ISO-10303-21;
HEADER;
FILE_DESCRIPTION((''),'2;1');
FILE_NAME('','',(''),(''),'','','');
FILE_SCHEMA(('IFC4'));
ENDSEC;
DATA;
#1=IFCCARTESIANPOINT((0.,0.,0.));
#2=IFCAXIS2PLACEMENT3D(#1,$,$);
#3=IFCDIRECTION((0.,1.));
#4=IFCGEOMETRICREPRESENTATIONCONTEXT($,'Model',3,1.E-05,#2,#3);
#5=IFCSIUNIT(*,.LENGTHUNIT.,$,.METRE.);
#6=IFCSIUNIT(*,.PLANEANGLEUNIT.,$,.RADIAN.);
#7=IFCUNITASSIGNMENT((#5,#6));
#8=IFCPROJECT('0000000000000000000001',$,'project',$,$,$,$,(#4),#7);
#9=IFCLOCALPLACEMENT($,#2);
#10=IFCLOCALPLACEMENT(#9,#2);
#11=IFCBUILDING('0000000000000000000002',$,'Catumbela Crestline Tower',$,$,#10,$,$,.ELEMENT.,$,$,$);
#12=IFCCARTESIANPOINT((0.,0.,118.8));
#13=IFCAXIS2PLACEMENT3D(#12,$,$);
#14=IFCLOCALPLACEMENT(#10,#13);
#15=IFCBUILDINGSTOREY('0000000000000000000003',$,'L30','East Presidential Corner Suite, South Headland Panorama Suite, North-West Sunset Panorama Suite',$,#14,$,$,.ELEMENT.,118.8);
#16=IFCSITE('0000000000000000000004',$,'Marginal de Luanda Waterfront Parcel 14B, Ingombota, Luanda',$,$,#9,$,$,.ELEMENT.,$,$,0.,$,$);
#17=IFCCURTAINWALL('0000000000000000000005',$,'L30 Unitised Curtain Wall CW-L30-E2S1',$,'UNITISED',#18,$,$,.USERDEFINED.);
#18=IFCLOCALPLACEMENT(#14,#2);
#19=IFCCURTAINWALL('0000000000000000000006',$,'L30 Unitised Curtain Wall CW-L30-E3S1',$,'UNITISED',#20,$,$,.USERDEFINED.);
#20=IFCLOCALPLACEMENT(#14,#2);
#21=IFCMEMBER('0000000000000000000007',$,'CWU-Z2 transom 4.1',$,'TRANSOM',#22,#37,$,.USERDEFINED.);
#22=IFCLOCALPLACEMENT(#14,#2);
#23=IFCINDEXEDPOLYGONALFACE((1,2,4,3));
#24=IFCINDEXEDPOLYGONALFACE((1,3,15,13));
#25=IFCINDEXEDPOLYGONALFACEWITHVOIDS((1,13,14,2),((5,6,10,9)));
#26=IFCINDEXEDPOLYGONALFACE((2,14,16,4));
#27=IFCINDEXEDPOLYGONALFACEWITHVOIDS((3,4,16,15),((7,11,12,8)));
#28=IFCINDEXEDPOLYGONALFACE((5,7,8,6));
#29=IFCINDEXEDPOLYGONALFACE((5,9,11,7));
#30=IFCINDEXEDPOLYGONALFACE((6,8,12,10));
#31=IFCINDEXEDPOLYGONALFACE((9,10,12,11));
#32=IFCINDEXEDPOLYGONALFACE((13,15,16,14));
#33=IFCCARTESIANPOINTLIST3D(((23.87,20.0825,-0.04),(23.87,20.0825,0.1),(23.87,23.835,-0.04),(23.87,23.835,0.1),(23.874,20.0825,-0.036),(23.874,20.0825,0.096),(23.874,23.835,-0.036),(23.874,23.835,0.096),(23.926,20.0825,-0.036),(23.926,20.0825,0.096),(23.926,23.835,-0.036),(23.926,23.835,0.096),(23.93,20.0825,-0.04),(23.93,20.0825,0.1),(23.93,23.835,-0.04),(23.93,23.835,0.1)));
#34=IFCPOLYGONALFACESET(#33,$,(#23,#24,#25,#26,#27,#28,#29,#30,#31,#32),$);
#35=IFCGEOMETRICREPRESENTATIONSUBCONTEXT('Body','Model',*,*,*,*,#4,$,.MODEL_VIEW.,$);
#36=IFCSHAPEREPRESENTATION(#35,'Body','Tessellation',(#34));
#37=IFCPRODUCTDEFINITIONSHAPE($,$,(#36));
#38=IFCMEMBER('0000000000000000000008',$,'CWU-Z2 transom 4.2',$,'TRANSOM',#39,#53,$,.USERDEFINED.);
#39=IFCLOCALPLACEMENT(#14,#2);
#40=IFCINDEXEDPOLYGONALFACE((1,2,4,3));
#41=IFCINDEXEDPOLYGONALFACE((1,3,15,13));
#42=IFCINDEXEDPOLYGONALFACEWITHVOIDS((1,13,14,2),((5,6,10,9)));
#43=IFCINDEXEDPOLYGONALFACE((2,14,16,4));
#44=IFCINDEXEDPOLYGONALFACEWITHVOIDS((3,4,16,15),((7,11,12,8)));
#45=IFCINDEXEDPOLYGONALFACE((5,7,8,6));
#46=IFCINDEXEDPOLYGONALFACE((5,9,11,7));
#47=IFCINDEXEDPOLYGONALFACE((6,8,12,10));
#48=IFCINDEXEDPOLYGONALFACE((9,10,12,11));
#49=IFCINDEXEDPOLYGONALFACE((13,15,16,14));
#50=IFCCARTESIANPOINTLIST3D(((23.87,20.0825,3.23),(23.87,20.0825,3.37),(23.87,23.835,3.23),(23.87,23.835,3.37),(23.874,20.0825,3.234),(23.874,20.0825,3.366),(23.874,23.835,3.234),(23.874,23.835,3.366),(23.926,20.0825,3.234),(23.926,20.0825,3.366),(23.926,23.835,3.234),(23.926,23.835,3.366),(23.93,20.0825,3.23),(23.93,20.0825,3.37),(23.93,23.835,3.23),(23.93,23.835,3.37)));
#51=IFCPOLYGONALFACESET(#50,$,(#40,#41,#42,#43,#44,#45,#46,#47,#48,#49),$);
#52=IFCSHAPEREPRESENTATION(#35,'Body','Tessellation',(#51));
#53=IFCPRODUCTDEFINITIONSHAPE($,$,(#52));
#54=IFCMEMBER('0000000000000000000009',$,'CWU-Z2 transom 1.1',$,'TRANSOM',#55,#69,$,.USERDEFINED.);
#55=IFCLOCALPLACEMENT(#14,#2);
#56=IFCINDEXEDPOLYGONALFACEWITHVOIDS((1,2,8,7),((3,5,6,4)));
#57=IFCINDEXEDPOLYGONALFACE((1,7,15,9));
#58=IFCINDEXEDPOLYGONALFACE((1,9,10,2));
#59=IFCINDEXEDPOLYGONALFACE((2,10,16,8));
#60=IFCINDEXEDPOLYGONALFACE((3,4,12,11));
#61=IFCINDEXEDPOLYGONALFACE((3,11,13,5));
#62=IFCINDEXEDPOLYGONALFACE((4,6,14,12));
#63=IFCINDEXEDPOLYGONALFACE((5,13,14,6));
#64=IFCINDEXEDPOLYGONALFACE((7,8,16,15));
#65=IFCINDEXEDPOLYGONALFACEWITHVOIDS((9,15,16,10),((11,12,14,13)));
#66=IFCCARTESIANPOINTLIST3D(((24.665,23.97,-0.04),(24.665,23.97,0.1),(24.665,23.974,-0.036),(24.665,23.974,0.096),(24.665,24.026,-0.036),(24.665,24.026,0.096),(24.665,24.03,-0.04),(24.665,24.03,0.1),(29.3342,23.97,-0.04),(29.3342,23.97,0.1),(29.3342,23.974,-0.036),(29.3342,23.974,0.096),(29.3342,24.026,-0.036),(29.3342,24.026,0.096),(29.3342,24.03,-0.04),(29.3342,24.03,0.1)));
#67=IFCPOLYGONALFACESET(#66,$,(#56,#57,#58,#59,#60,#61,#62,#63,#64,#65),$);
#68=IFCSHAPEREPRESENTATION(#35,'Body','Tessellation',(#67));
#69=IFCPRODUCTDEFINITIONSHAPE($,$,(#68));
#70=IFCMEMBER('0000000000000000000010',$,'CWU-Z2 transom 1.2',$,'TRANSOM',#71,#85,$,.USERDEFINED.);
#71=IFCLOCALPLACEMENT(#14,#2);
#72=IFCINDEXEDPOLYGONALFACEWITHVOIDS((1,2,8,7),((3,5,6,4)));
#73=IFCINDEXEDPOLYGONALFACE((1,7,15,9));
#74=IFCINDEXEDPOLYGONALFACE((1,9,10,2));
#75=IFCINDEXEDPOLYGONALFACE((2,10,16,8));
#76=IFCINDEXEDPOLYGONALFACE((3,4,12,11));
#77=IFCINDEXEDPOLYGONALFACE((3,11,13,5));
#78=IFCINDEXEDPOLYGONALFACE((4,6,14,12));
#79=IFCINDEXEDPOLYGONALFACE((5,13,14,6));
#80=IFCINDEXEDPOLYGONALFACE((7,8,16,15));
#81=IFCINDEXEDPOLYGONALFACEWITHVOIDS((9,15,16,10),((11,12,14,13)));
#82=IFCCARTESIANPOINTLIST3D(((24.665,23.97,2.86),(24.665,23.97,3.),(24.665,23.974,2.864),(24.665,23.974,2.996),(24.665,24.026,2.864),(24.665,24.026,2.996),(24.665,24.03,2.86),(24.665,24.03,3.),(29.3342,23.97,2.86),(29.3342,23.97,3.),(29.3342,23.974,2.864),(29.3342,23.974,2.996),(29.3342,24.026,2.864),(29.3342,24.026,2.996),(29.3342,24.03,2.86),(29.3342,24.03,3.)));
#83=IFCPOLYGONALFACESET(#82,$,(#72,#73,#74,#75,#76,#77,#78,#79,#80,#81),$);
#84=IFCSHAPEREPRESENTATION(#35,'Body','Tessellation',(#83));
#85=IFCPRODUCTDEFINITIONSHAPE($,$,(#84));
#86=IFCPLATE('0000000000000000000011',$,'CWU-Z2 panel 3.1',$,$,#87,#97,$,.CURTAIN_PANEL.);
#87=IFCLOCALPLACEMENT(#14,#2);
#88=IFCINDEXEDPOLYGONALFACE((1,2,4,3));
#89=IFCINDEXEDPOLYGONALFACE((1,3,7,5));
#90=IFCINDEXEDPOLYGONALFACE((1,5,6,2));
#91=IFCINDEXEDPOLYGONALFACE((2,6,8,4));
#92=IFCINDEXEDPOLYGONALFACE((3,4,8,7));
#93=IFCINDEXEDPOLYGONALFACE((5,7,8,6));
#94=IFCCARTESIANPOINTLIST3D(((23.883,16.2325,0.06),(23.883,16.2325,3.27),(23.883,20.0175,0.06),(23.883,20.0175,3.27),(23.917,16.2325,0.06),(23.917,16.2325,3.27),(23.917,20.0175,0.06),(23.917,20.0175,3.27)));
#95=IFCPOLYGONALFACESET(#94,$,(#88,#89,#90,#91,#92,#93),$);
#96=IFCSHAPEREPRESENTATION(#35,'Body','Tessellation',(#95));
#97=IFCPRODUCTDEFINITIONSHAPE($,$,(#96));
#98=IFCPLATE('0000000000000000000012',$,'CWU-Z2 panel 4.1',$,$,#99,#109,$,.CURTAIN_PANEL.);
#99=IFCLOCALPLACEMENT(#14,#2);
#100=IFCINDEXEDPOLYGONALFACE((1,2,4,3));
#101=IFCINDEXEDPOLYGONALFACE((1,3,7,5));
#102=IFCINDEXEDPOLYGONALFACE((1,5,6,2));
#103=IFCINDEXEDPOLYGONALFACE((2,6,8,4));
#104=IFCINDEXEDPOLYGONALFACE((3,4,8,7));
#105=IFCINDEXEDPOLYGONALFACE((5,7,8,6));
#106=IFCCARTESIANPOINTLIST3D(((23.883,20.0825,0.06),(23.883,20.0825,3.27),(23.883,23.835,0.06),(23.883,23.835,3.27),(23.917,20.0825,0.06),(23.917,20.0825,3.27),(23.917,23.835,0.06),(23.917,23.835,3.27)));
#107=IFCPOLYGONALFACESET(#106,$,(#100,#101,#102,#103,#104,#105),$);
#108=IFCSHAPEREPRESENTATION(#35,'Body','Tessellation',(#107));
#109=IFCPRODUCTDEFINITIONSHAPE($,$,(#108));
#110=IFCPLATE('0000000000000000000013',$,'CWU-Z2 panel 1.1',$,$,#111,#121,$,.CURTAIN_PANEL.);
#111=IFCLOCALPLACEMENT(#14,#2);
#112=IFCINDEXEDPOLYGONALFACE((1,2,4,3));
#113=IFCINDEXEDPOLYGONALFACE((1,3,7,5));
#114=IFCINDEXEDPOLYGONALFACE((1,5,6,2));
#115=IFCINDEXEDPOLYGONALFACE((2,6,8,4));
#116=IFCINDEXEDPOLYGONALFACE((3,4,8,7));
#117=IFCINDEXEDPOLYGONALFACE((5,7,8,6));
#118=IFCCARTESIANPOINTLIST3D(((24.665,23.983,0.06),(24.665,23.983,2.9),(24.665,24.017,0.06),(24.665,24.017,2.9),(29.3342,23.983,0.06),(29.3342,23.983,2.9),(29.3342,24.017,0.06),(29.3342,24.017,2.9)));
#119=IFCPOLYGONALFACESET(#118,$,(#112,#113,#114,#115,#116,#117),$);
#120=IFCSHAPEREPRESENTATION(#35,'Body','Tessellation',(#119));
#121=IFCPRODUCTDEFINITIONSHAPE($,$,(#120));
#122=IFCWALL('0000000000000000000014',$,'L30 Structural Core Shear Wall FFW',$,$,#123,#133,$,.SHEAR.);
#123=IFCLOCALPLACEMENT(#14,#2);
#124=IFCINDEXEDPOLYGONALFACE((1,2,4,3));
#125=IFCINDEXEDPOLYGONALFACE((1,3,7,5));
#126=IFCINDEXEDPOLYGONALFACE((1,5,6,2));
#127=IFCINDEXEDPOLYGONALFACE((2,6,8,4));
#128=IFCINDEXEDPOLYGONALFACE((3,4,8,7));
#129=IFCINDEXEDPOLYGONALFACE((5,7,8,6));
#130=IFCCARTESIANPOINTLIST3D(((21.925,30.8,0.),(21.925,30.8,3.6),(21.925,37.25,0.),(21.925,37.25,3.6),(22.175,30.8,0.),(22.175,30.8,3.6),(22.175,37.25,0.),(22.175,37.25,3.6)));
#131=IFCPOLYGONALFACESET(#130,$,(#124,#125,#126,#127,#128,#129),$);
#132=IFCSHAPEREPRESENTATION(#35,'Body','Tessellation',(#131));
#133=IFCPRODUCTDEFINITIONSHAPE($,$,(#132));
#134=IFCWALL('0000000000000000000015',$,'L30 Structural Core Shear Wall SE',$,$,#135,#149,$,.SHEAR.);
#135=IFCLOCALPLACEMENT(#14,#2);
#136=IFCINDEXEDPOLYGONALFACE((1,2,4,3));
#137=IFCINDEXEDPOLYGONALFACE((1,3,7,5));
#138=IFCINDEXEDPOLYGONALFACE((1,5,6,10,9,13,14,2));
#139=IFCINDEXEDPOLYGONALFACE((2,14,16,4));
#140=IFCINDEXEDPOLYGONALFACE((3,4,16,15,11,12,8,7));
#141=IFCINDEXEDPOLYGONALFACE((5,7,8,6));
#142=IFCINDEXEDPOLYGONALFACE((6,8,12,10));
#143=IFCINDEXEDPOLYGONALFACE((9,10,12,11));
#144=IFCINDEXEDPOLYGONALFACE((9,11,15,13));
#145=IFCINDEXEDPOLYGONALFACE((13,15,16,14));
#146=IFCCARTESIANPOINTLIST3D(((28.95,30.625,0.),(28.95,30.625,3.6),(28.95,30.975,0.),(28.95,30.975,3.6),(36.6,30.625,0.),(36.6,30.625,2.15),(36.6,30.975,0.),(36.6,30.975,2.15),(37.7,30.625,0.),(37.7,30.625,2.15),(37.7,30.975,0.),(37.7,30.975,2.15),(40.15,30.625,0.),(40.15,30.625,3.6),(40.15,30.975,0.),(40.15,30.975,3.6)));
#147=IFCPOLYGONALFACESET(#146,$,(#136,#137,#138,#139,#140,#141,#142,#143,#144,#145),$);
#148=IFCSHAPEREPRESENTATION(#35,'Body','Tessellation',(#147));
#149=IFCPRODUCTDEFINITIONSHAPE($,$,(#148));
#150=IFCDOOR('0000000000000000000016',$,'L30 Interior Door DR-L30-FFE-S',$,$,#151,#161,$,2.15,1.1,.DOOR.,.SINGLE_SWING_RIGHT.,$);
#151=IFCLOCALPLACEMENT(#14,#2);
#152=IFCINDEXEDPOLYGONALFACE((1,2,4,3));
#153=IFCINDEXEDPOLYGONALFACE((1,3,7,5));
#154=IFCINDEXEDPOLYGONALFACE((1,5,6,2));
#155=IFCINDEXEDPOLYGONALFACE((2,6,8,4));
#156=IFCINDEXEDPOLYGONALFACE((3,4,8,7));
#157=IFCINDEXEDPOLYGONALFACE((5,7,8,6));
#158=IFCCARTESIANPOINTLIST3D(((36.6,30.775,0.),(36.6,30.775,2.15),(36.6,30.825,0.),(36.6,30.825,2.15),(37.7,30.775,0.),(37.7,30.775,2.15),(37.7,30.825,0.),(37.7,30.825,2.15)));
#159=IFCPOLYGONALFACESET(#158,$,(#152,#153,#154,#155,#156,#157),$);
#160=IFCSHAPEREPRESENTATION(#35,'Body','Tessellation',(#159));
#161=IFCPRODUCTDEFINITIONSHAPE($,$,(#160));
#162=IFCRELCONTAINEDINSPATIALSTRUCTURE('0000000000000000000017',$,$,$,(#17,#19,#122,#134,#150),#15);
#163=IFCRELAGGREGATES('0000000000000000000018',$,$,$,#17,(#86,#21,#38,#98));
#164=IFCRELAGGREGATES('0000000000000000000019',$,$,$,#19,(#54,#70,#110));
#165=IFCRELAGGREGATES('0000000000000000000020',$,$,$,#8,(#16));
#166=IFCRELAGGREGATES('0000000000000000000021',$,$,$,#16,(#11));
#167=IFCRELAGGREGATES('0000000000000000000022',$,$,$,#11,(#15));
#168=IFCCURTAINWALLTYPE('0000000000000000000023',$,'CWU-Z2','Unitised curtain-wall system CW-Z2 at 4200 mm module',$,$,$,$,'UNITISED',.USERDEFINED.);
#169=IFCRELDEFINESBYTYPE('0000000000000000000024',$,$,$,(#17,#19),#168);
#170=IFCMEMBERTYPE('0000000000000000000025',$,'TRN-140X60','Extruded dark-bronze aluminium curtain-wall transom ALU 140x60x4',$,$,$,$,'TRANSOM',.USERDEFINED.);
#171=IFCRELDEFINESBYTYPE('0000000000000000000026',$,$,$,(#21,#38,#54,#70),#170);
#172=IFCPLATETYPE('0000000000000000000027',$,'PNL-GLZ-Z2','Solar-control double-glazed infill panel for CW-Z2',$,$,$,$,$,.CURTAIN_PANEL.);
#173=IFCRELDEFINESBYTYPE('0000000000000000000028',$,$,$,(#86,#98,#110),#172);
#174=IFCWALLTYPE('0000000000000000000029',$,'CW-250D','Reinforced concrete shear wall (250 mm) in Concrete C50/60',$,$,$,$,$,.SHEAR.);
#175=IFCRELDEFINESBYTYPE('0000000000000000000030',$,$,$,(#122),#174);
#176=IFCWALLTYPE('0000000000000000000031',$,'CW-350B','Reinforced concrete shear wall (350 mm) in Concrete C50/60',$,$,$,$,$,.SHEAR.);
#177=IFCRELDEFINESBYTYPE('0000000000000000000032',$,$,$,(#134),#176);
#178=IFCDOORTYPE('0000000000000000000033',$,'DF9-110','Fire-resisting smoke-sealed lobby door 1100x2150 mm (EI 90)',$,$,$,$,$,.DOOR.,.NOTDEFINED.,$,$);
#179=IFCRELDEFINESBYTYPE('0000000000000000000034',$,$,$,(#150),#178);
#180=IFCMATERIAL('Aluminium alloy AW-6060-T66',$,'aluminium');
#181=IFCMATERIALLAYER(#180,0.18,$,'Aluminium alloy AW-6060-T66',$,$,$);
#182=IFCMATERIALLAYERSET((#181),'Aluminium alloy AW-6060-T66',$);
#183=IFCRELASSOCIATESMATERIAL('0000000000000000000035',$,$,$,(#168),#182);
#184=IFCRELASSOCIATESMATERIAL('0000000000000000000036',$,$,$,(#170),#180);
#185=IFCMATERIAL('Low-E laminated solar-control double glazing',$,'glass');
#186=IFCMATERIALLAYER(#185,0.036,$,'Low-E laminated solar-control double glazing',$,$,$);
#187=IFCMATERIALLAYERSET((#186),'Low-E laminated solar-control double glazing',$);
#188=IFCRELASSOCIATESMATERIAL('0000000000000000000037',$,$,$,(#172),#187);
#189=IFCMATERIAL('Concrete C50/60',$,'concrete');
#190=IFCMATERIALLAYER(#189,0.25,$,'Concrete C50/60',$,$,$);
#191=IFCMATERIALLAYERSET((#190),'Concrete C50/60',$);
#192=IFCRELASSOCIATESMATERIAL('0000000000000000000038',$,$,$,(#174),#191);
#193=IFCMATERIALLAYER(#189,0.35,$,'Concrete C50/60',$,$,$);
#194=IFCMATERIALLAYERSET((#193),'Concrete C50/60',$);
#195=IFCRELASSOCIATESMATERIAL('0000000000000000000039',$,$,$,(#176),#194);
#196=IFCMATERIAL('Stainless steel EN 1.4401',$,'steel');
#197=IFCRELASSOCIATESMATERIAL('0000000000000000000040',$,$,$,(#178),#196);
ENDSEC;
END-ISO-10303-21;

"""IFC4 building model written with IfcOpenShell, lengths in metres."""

from ifc_helpers import new_model, si_unit, direction, frame, frame_2d, origin, origin_2d, place, context, subcontext, project, spatial, rectangle, hollow_rectangle, extrude, material, layer, layer_set, material_profile, profile_set, type_object, element, fill, aggregate, save


model = new_model("IFC4")

# Units and contexts
model_context = context("Model", 3, precision=1e-05, world=origin(), true_north=direction((0.0, 1.0)))
body_context = subcontext(model_context, "Body", "Model", "MODEL_VIEW")
ifc_project = project(units=[si_unit("LENGTHUNIT", "METRE"), si_unit("PLANEANGLEUNIT", "RADIAN")], contexts=[model_context])

# Site, building, storey
site_placement = place(None, origin())
site = spatial("IfcSite", under=ifc_project, at=site_placement, Name="Marginal de Luanda Waterfront Parcel 14B, Ingombota, Luanda", CompositionType="ELEMENT", RefElevation=0.0)
building_placement = place(site_placement, origin())
building = spatial("IfcBuilding", under=site, at=building_placement, Name="Catumbela Crestline Tower", CompositionType="ELEMENT")
storey_placement = place(building_placement, frame((0.0, 0.0, 118.8)))
storey = spatial("IfcBuildingStorey", under=building, at=storey_placement, Name="L30", Description="East Presidential Corner Suite, South Headland Panorama Suite, North-West Sunset Panorama Suite", CompositionType="ELEMENT", Elevation=118.8)

# Shared definitions
ifc_material_1 = material(Name="Concrete C50/60", Category="concrete")

# Curtain wall
ifc_material_2 = material(Name="Aluminium alloy AW-6060-T66", Category="aluminium")
ifc_layer_1 = layer(ifc_material_2, 0.18, Name="Aluminium alloy AW-6060-T66")
ifc_layer_set_1 = layer_set([ifc_layer_1], Name="Aluminium alloy AW-6060-T66")
curtain_wall_type = type_object("IfcCurtainWallType", Name="CWU-Z2", Description="Unitised curtain-wall system CW-Z2 at 4200 mm module", ElementType="UNITISED", PredefinedType="USERDEFINED", material=ifc_layer_set_1)
curtain_wall_1_placement = place(storey_placement, origin())
curtain_wall_1 = element("IfcCurtainWall", 1, at=curtain_wall_1_placement, inside=storey, type_object=curtain_wall_type, Name="L30 Unitised Curtain Wall CW-L30-E2S1", ObjectType="UNITISED", PredefinedType="USERDEFINED")

# Curtain wall
curtain_wall_2_placement = place(storey_placement, origin())
curtain_wall_2 = element("IfcCurtainWall", 2, at=curtain_wall_2_placement, inside=storey, type_object=curtain_wall_type, Name="L30 Unitised Curtain Wall CW-L30-E3S1", ObjectType="UNITISED", PredefinedType="USERDEFINED")

# Members
ifc_material_profile_1 = material_profile(ifc_material_2, hollow_rectangle(XDim=0.06, YDim=0.14, WallThickness=0.004, at=origin_2d()), Name="ALU 140x60x4")
ifc_profile_set_1 = profile_set([ifc_material_profile_1], Name="Aluminium alloy AW-6060-T66")
member_type_1 = type_object("IfcMemberType", Name="TRN-140X60", Description="Extruded dark-bronze aluminium curtain-wall transom ALU 140x60x4", ElementType="TRANSOM", PredefinedType="USERDEFINED", material=ifc_profile_set_1)
member_1_placement = place(storey_placement, frame((23.9, 20.0825, 0.03), z_axis=(0.0, 1.0, 0.0), x_axis=(-1.0, 0.0, 0.0)))
member_1 = element("IfcMember", 3, at=member_1_placement, type_object=member_type_1, Name="CWU-Z2 transom 4.1", ObjectType="TRANSOM", PredefinedType="USERDEFINED", context=body_context, shape_type="SweptSolid", body=[
    extrude(hollow_rectangle(XDim=0.06, YDim=0.14, WallThickness=0.004, at=origin_2d()), origin(), (0.0, 0.0, 1.0), 3.7525),
])
member_2_placement = place(storey_placement, frame((23.9, 20.0825, 3.3), z_axis=(0.0, 1.0, 0.0), x_axis=(-1.0, 0.0, 0.0)))
member_2 = element("IfcMember", 4, at=member_2_placement, type_object=member_type_1, Name="CWU-Z2 transom 4.2", ObjectType="TRANSOM", PredefinedType="USERDEFINED", context=body_context, shape_type="SweptSolid", body=[
    extrude(hollow_rectangle(XDim=0.06, YDim=0.14, WallThickness=0.004, at=origin_2d()), origin(), (0.0, 0.0, 1.0), 3.7525),
])
member_3_placement = place(storey_placement, frame((24.665, 24.0, 0.03), z_axis=(1.0, 0.0, 0.0), x_axis=(0.0, 1.0, 0.0)))
member_3 = element("IfcMember", 5, at=member_3_placement, type_object=member_type_1, Name="CWU-Z2 transom 1.1", ObjectType="TRANSOM", PredefinedType="USERDEFINED", context=body_context, shape_type="SweptSolid", body=[
    extrude(hollow_rectangle(XDim=0.06, YDim=0.14, WallThickness=0.004, at=origin_2d()), origin(), (0.0, 0.0, 1.0), 4.6692),
])
member_4_placement = place(storey_placement, frame((24.665, 24.0, 2.93), z_axis=(1.0, 0.0, 0.0), x_axis=(0.0, 1.0, 0.0)))
member_4 = element("IfcMember", 6, at=member_4_placement, type_object=member_type_1, Name="CWU-Z2 transom 1.2", ObjectType="TRANSOM", PredefinedType="USERDEFINED", context=body_context, shape_type="SweptSolid", body=[
    extrude(hollow_rectangle(XDim=0.06, YDim=0.14, WallThickness=0.004, at=origin_2d()), origin(), (0.0, 0.0, 1.0), 4.6692),
])

# Plates
ifc_material_3 = material(Name="Low-E laminated solar-control double glazing", Category="glass")
ifc_layer_2 = layer(ifc_material_3, 0.036, Name="Low-E laminated solar-control double glazing")
ifc_layer_set_2 = layer_set([ifc_layer_2], Name="Low-E laminated solar-control double glazing")
plate_type = type_object("IfcPlateType", Name="PNL-GLZ-Z2", Description="Solar-control double-glazed infill panel for CW-Z2", PredefinedType="CURTAIN_PANEL", material=ifc_layer_set_2)
plate_1_placement = place(storey_placement, frame((23.9, 18.125, 0.06), z_axis=(0.0, 0.0, 1.0), x_axis=(0.0, 1.0, 0.0)))
plate_1 = element("IfcPlate", 7, at=plate_1_placement, type_object=plate_type, Name="CWU-Z2 panel 3.1", PredefinedType="CURTAIN_PANEL", context=body_context, shape_type="SweptSolid", body=[
    extrude(rectangle(XDim=3.785, YDim=0.034, at=origin_2d()), origin(), (0.0, 0.0, 1.0), 3.21),
])
plate_2_placement = place(storey_placement, frame((23.9, 21.9587, 0.06), z_axis=(0.0, 0.0, 1.0), x_axis=(0.0, 1.0, 0.0)))
plate_2 = element("IfcPlate", 8, at=plate_2_placement, type_object=plate_type, Name="CWU-Z2 panel 4.1", PredefinedType="CURTAIN_PANEL", context=body_context, shape_type="SweptSolid", body=[
    extrude(rectangle(XDim=3.7525, YDim=0.034, at=origin_2d()), origin(), (0.0, 0.0, 1.0), 3.21),
])
aggregate(curtain_wall_1, [plate_1, member_1, member_2, plate_2])
plate_3_placement = place(storey_placement, frame((26.9996, 24.0, 0.06), z_axis=(0.0, 0.0, 1.0), x_axis=(1.0, 0.0, 0.0)))
plate_3 = element("IfcPlate", 9, at=plate_3_placement, type_object=plate_type, Name="CWU-Z2 panel 1.1", PredefinedType="CURTAIN_PANEL", context=body_context, shape_type="SweptSolid", body=[
    extrude(rectangle(XDim=4.6692, YDim=0.034, at=origin_2d()), origin(), (0.0, 0.0, 1.0), 2.84),
])
aggregate(curtain_wall_2, [member_3, member_4, plate_3])

# Wall
ifc_layer_3 = layer(ifc_material_1, 0.25, Name="Concrete C50/60")
ifc_layer_set_3 = layer_set([ifc_layer_3], Name="Concrete C50/60")
wall_type_1 = type_object("IfcWallType", Name="CW-250D", Description="Reinforced concrete shear wall (250 mm) in Concrete C50/60", PredefinedType="SHEAR", material=ifc_layer_set_3)
wall_1_placement = place(storey_placement, frame((22.05, 30.8, 0.0), z_axis=(0.0, 0.0, 1.0), x_axis=(0.0, 1.0, 0.0)))
element("IfcWall", 10, at=wall_1_placement, inside=storey, type_object=wall_type_1, Name="L30 Structural Core Shear Wall FFW", PredefinedType="SHEAR", context=body_context, shape_type="SweptSolid", body=[
    extrude(rectangle(XDim=6.45, YDim=0.25, at=frame_2d((3.225, 0.0))), origin(), (0.0, 0.0, 1.0), 3.6),
])

# Wall, opening, door
ifc_layer_4 = layer(ifc_material_1, 0.35, Name="Concrete C50/60")
ifc_layer_set_4 = layer_set([ifc_layer_4], Name="Concrete C50/60")
wall_type_2 = type_object("IfcWallType", Name="CW-350B", Description="Reinforced concrete shear wall (350 mm) in Concrete C50/60", PredefinedType="SHEAR", material=ifc_layer_set_4)
wall_2_placement = place(storey_placement, frame((28.95, 30.8, 0.0), z_axis=(0.0, 0.0, 1.0), x_axis=(1.0, 0.0, 0.0)))
wall_2 = element("IfcWall", 11, at=wall_2_placement, inside=storey, type_object=wall_type_2, Name="L30 Structural Core Shear Wall SE", PredefinedType="SHEAR", context=body_context, shape_type="SweptSolid", body=[
    extrude(rectangle(XDim=11.2, YDim=0.35, at=frame_2d((5.6, 0.0))), origin(), (0.0, 0.0, 1.0), 3.6),
])
opening_1_placement = place(wall_2_placement, frame((7.65, 0.0, 0.0)))
opening_1 = element("IfcOpeningElement", 12, at=opening_1_placement, cuts=wall_2, PredefinedType="OPENING", context=body_context, shape_type="SweptSolid", body=[
    extrude(rectangle(XDim=1.1, YDim=2.15, at=frame_2d((0.55, 1.075))), frame((0.0, 0.185, 0.0), z_axis=(0.0, -1.0, 0.0), x_axis=(1.0, 0.0, 0.0)), (0.0, 0.0, 1.0), 0.37),
])
ifc_material_4 = material(Name="Stainless steel EN 1.4401", Category="steel")
door_type = type_object("IfcDoorType", Name="DF9-110", Description="Fire-resisting smoke-sealed lobby door 1100x2150 mm (EI 90)", OperationType="NOTDEFINED", PredefinedType="DOOR", material=ifc_material_4)
door_1_placement = place(opening_1_placement, origin())
door_1 = element("IfcDoor", 13, at=door_1_placement, inside=storey, type_object=door_type, Name="L30 Interior Door DR-L30-FFE-S", OperationType="SINGLE_SWING_RIGHT", OverallHeight=2.15, OverallWidth=1.1, PredefinedType="DOOR", context=body_context, shape_type="SweptSolid", body=[
    extrude(rectangle(XDim=1.1, YDim=2.15, at=frame_2d((0.55, 1.075))), frame((0.0, 0.025, 0.0), z_axis=(0.0, -1.0, 0.0), x_axis=(1.0, 0.0, 0.0)), (0.0, 0.0, 1.0), 0.05),
])
fill(opening_1, door_1)

save(model, "model.ifc")
